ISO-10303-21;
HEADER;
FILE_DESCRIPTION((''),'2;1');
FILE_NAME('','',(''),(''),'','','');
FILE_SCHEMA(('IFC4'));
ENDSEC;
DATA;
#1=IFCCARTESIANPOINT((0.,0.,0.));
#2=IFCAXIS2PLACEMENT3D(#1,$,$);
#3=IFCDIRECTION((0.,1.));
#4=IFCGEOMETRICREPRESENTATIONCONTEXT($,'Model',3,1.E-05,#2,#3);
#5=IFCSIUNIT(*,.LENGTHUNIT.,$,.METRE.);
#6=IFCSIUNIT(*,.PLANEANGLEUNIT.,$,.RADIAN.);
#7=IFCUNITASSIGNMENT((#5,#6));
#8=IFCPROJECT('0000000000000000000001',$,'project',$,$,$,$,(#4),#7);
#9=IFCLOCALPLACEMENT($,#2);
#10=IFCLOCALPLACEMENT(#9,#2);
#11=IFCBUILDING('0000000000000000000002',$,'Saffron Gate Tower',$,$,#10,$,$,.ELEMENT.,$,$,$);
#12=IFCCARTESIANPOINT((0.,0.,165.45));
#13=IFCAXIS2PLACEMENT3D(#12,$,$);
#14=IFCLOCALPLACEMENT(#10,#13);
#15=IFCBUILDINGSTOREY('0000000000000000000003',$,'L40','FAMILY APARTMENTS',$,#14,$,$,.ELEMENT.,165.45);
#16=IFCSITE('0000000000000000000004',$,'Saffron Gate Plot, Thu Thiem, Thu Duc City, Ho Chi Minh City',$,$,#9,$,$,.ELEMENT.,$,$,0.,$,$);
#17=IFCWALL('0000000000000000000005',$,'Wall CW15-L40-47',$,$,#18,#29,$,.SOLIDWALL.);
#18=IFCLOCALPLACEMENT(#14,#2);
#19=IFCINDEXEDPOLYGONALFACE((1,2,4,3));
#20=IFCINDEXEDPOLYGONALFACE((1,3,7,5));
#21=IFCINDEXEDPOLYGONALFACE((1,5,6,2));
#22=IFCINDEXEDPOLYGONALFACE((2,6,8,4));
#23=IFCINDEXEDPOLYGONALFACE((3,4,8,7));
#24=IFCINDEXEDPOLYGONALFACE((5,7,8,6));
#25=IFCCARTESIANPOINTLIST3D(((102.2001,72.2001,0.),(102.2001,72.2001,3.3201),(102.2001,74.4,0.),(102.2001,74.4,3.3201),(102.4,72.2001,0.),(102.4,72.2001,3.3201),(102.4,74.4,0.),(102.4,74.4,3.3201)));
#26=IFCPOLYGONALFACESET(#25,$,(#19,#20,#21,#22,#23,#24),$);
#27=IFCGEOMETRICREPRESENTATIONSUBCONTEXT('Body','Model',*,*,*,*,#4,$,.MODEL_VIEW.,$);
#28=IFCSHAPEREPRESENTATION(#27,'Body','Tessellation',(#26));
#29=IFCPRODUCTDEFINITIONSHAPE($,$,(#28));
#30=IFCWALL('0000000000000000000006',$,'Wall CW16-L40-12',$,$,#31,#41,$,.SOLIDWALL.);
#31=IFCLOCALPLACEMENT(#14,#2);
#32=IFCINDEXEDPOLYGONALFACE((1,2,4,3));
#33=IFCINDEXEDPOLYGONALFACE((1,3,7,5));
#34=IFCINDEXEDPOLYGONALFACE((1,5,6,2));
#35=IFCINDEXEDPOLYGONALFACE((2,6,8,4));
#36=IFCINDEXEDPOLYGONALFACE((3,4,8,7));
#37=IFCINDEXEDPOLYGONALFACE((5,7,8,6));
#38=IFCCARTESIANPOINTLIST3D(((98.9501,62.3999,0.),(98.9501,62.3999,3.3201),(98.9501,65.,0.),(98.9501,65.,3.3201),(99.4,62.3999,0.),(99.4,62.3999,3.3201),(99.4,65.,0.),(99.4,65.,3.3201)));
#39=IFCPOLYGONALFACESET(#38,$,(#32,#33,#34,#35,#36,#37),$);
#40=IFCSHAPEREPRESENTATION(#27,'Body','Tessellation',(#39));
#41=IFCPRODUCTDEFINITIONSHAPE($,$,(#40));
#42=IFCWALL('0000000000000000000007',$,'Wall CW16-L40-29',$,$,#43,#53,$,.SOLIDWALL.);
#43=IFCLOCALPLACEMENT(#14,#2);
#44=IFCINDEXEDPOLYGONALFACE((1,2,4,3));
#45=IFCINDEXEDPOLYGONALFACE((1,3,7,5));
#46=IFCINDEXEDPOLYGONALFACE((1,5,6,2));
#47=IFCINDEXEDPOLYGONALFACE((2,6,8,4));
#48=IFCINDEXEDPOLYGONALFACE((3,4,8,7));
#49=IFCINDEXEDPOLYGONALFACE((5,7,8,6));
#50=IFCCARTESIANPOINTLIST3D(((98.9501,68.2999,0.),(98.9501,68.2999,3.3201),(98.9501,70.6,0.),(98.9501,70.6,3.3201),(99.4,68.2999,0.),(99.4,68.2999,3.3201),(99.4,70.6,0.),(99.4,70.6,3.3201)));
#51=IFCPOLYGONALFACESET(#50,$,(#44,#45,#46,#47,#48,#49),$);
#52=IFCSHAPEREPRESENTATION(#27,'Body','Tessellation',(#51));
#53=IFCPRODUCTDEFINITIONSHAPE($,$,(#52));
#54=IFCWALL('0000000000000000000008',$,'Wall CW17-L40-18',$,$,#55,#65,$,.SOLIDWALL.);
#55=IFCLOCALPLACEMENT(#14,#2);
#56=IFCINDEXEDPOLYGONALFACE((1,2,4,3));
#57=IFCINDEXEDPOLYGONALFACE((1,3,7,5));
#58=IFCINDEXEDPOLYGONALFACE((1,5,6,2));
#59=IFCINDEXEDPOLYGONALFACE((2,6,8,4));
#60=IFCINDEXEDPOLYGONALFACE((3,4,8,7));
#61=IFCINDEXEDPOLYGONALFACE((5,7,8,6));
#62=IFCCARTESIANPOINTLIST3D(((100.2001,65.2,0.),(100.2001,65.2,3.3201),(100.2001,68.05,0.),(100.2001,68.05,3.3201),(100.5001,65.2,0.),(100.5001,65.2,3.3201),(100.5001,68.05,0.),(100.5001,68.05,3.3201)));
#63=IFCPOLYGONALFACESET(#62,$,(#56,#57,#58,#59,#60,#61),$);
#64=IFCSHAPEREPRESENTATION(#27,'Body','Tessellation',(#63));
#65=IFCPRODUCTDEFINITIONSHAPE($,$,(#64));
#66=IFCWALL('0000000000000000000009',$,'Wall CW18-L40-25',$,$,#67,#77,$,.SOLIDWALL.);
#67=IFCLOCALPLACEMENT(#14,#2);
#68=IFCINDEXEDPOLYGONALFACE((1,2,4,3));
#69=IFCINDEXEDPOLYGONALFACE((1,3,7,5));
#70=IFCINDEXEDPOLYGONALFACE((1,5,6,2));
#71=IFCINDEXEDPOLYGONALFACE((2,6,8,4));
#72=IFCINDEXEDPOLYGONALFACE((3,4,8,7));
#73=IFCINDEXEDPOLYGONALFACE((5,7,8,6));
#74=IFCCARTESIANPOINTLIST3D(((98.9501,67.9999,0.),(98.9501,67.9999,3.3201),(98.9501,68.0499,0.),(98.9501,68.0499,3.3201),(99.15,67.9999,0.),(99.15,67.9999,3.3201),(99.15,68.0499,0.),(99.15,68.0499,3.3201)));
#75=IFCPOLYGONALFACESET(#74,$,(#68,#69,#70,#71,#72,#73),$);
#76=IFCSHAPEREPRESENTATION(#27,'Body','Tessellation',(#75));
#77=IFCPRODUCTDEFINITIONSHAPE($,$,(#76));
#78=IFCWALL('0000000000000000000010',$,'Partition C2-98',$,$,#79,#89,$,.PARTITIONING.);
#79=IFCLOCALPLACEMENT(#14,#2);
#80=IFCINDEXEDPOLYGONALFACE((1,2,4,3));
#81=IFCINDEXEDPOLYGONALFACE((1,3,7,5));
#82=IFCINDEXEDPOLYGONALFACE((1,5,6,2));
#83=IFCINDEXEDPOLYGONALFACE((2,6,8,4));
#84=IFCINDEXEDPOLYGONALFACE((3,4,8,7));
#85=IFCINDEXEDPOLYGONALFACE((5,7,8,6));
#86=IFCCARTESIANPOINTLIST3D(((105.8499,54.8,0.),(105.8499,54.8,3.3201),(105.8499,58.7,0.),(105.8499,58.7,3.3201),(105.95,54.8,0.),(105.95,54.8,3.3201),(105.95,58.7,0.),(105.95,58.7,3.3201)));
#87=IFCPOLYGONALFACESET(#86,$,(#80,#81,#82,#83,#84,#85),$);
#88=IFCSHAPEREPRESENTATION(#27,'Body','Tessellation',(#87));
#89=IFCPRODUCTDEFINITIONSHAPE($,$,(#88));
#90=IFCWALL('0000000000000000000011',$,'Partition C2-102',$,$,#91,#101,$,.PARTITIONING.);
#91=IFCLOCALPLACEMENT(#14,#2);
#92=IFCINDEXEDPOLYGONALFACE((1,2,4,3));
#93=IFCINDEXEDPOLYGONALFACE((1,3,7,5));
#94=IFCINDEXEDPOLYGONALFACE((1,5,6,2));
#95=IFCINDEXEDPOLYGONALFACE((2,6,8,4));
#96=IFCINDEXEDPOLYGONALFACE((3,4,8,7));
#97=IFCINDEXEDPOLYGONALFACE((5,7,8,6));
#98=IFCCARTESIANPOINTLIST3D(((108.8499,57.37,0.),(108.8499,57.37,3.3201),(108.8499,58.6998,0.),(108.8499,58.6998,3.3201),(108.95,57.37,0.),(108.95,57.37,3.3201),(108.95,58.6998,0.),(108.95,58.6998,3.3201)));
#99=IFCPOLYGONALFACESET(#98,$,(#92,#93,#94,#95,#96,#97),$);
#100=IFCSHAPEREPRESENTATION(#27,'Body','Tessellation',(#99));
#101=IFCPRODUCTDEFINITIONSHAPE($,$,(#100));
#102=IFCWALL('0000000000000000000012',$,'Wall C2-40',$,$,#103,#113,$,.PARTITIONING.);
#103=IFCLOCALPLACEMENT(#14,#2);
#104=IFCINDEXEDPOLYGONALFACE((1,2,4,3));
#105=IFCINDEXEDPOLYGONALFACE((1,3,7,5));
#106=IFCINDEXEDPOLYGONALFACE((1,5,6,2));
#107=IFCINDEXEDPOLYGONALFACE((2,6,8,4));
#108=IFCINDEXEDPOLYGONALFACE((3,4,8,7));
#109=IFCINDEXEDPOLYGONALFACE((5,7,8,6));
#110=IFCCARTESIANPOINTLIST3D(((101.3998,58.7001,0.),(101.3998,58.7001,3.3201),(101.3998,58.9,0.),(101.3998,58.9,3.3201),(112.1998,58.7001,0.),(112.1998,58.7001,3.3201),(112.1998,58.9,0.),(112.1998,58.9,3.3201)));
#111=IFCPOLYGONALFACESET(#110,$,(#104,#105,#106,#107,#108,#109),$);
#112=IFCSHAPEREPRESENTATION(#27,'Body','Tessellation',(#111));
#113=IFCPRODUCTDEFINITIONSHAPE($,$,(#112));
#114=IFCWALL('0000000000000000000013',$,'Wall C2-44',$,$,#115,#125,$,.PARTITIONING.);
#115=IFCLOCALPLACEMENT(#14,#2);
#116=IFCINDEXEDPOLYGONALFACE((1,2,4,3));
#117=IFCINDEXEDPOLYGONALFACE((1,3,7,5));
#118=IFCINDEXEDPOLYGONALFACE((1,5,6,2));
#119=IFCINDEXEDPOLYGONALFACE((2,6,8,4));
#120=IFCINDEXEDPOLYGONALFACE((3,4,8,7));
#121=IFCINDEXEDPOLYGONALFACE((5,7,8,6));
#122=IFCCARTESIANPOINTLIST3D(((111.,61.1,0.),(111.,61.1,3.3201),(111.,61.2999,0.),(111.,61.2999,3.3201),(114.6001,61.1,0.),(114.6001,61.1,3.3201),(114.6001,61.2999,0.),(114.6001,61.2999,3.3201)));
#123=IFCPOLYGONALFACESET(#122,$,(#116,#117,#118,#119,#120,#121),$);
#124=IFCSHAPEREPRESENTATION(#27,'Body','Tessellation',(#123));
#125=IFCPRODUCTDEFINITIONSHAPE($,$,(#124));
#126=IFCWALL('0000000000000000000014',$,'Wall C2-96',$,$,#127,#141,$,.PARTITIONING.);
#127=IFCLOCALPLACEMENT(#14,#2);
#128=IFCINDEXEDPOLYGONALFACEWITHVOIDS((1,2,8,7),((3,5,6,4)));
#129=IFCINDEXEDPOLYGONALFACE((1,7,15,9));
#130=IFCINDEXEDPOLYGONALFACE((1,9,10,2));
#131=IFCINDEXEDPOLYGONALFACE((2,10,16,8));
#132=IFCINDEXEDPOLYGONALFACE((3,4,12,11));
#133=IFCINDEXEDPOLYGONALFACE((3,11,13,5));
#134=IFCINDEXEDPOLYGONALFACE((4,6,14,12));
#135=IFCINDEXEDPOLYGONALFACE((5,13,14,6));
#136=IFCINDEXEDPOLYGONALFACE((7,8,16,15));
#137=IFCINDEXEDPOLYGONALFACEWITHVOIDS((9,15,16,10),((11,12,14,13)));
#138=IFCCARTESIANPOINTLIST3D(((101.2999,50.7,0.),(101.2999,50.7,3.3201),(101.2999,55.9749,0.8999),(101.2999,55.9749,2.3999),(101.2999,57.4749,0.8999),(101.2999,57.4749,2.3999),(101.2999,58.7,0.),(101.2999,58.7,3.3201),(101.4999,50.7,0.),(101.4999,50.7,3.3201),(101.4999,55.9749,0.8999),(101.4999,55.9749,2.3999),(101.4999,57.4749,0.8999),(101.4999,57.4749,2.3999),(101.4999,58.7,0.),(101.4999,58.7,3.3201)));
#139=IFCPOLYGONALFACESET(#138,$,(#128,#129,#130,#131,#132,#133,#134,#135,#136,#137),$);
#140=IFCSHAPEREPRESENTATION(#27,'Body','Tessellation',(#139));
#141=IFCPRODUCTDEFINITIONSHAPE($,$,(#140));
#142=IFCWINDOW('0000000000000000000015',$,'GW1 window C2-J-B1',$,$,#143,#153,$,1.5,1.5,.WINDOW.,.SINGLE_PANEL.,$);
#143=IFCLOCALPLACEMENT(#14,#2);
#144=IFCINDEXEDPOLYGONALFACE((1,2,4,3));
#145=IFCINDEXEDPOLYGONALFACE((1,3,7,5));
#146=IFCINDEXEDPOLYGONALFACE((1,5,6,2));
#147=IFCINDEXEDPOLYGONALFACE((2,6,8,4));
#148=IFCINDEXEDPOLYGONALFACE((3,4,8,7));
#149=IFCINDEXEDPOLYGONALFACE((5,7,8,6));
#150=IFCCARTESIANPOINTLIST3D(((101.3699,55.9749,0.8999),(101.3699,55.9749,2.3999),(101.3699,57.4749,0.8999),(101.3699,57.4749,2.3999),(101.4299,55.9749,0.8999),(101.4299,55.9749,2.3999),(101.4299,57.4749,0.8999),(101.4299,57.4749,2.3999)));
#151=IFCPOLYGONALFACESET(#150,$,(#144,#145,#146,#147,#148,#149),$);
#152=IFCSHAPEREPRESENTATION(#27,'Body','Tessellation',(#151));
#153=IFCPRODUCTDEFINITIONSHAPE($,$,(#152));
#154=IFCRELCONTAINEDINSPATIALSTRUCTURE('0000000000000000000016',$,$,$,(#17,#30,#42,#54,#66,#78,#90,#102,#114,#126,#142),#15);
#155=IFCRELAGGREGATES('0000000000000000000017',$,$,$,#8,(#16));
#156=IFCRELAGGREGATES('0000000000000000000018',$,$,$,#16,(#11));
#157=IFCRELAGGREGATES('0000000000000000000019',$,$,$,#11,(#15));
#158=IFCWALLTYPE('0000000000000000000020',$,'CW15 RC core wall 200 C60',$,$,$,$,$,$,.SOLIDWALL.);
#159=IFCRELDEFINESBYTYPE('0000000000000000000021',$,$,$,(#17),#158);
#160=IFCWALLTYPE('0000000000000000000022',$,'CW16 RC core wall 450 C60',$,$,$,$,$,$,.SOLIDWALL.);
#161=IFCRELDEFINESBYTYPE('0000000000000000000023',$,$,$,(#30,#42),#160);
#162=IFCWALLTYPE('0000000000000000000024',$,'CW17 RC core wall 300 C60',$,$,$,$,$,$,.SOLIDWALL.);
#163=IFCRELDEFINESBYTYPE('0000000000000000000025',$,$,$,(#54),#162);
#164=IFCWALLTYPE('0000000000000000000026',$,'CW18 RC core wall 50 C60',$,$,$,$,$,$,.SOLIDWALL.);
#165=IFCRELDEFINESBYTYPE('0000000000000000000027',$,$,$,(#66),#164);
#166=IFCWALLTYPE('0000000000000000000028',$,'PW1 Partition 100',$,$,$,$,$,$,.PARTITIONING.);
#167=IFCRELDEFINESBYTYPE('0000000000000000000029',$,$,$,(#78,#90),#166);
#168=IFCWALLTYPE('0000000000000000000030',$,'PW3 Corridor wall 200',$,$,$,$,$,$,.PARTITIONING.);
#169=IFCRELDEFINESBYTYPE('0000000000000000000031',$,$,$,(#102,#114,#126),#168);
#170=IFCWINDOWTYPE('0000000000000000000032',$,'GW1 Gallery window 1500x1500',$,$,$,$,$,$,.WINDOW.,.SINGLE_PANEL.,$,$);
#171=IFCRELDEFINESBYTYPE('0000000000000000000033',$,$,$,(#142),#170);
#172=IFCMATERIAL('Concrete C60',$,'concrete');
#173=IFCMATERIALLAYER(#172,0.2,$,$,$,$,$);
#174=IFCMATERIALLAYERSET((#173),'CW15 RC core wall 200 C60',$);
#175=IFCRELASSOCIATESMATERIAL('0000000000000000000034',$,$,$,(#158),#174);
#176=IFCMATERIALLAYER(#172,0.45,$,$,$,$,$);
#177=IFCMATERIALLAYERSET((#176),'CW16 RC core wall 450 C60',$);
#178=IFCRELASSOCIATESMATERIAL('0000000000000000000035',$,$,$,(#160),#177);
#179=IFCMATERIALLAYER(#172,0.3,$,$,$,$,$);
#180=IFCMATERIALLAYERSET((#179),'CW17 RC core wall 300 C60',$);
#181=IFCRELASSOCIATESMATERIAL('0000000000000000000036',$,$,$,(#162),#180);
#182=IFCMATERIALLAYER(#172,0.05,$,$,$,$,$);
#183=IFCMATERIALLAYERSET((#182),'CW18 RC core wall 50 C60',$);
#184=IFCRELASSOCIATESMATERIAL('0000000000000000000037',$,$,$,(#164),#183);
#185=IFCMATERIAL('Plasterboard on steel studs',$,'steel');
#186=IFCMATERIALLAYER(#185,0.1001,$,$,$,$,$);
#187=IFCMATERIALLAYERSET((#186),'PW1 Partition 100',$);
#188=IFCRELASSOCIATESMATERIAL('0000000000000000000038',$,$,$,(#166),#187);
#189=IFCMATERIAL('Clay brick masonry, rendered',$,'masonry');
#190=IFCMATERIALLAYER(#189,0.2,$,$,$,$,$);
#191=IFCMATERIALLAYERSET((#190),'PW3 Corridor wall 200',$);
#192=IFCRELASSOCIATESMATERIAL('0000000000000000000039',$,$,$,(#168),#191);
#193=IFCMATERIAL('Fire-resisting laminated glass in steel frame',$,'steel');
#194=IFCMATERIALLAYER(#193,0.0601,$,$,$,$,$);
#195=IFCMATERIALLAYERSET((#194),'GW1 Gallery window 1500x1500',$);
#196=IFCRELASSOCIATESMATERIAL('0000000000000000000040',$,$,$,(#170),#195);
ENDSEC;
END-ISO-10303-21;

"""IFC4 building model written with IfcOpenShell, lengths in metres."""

from ifc_helpers import new_model, si_unit, direction, frame, frame_2d, origin, place, context, subcontext, project, spatial, rectangle, extrude, material, layer, layer_set, type_object, element, fill, save


model = new_model("IFC4")

# Units and contexts
model_context = context("Model", 3, precision=1e-05, world=origin(), true_north=direction((0.0, 1.0)))
body_context = subcontext(model_context, "Body", "Model", "MODEL_VIEW")
ifc_project = project(units=[si_unit("LENGTHUNIT", "METRE"), si_unit("PLANEANGLEUNIT", "RADIAN")], contexts=[model_context])

# Site, building, storey
site_placement = place(None, origin())
site = spatial("IfcSite", under=ifc_project, at=site_placement, Name="Saffron Gate Plot, Thu Thiem, Thu Duc City, Ho Chi Minh City", CompositionType="ELEMENT", RefElevation=0.0)
building_placement = place(site_placement, origin())
building = spatial("IfcBuilding", under=site, at=building_placement, Name="Saffron Gate Tower", CompositionType="ELEMENT")
storey_placement = place(building_placement, frame((0.0, 0.0, 165.45)))
storey = spatial("IfcBuildingStorey", under=building, at=storey_placement, Name="L40", Description="FAMILY APARTMENTS", CompositionType="ELEMENT", Elevation=165.45)

# Shared definitions
ifc_material_1 = material(Name="Concrete C60", Category="concrete")

# Walls
ifc_layer_1 = layer(ifc_material_1, 0.2)
ifc_layer_set_1 = layer_set([ifc_layer_1], Name="CW15 RC core wall 200 C60")
wall_type_1 = type_object("IfcWallType", Name="CW15 RC core wall 200 C60", PredefinedType="SOLIDWALL", material=ifc_layer_set_1)
for number, where, z_axis, x_axis, name in (
    (1, (102.3, 72.2, 0.0), (0.0, 0.0, 1.0), (0.0, 1.0, 0.0), "Wall CW15-L40-47"),
):
    element("IfcWall", number, at=place(storey_placement, frame(where, z_axis=z_axis, x_axis=x_axis)), inside=storey, type_object=wall_type_1, Name=name, PredefinedType="SOLIDWALL", context=body_context, shape_type="SweptSolid", body=[
        extrude(rectangle(XDim=2.2, YDim=0.2, at=frame_2d((1.1001, 0.0))), origin(), (0.0, 0.0, 1.0), 3.3201),
    ])
ifc_layer_2 = layer(ifc_material_1, 0.45)
ifc_layer_set_2 = layer_set([ifc_layer_2], Name="CW16 RC core wall 450 C60")
wall_type_2 = type_object("IfcWallType", Name="CW16 RC core wall 450 C60", PredefinedType="SOLIDWALL", material=ifc_layer_set_2)
wall_1_placement = place(storey_placement, frame((99.175, 62.3999, 0.0), z_axis=(0.0, 0.0, 1.0), x_axis=(0.0, 1.0, 0.0)))
element("IfcWall", 2, at=wall_1_placement, inside=storey, type_object=wall_type_2, Name="Wall CW16-L40-12", PredefinedType="SOLIDWALL", context=body_context, shape_type="SweptSolid", body=[
    extrude(rectangle(XDim=2.6001, YDim=0.45, at=frame_2d((1.3, 0.0))), origin(), (0.0, 0.0, 1.0), 3.3201),
])
wall_2_placement = place(storey_placement, frame((99.175, 68.3, 0.0), z_axis=(0.0, 0.0, 1.0), x_axis=(0.0, 1.0, 0.0)))
element("IfcWall", 3, at=wall_2_placement, inside=storey, type_object=wall_type_2, Name="Wall CW16-L40-29", PredefinedType="SOLIDWALL", context=body_context, shape_type="SweptSolid", body=[
    extrude(rectangle(XDim=2.3, YDim=0.45, at=frame_2d((1.1499, 0.0))), origin(), (0.0, 0.0, 1.0), 3.3201),
])
ifc_layer_3 = layer(ifc_material_1, 0.3)
ifc_layer_set_3 = layer_set([ifc_layer_3], Name="CW17 RC core wall 300 C60")
wall_type_3 = type_object("IfcWallType", Name="CW17 RC core wall 300 C60", PredefinedType="SOLIDWALL", material=ifc_layer_set_3)
wall_3_placement = place(storey_placement, frame((100.3501, 65.2, 0.0), z_axis=(0.0, 0.0, 1.0), x_axis=(0.0, 1.0, 0.0)))
element("IfcWall", 4, at=wall_3_placement, inside=storey, type_object=wall_type_3, Name="Wall CW17-L40-18", PredefinedType="SOLIDWALL", context=body_context, shape_type="SweptSolid", body=[
    extrude(rectangle(XDim=2.8501, YDim=0.3, at=frame_2d((1.425, 0.0))), origin(), (0.0, 0.0, 1.0), 3.3201),
])
ifc_layer_4 = layer(ifc_material_1, 0.05)
ifc_layer_set_4 = layer_set([ifc_layer_4], Name="CW18 RC core wall 50 C60")
wall_type_4 = type_object("IfcWallType", Name="CW18 RC core wall 50 C60", PredefinedType="SOLIDWALL", material=ifc_layer_set_4)
wall_4_placement = place(storey_placement, frame((98.95, 68.0249, 0.0), z_axis=(0.0, 0.0, 1.0), x_axis=(1.0, 0.0, 0.0)))
element("IfcWall", 5, at=wall_4_placement, inside=storey, type_object=wall_type_4, Name="Wall CW18-L40-25", PredefinedType="SOLIDWALL", context=body_context, shape_type="SweptSolid", body=[
    extrude(rectangle(XDim=0.2, YDim=0.05, at=frame_2d((0.1001, 0.0))), origin(), (0.0, 0.0, 1.0), 3.3201),
])
ifc_material_2 = material(Name="Plasterboard on steel studs", Category="steel")
ifc_layer_5 = layer(ifc_material_2, 0.1001)
ifc_layer_set_5 = layer_set([ifc_layer_5], Name="PW1 Partition 100")
wall_type_5 = type_object("IfcWallType", Name="PW1 Partition 100", PredefinedType="PARTITIONING", material=ifc_layer_set_5)
wall_5_placement = place(storey_placement, frame((105.8999, 58.7, 0.0), z_axis=(0.0, 0.0, 1.0), x_axis=(0.0, -1.0, 0.0)))
element("IfcWall", 6, at=wall_5_placement, inside=storey, type_object=wall_type_5, Name="Partition C2-98", PredefinedType="PARTITIONING", context=body_context, shape_type="SweptSolid", body=[
    extrude(rectangle(XDim=3.8999, YDim=0.1001, at=frame_2d((1.95, 0.0))), origin(), (0.0, 0.0, 1.0), 3.3201),
])
wall_6_placement = place(storey_placement, frame((108.8999, 58.7, 0.0), z_axis=(0.0, 0.0, 1.0), x_axis=(0.0, -1.0, 0.0)))
element("IfcWall", 7, at=wall_6_placement, inside=storey, type_object=wall_type_5, Name="Partition C2-102", PredefinedType="PARTITIONING", context=body_context, shape_type="SweptSolid", body=[
    extrude(rectangle(XDim=1.3298, YDim=0.1001, at=frame_2d((0.665, 0.0))), origin(), (0.0, 0.0, 1.0), 3.3201),
])
ifc_material_3 = material(Name="Clay brick masonry, rendered", Category="masonry")
ifc_layer_6 = layer(ifc_material_3, 0.2)
ifc_layer_set_6 = layer_set([ifc_layer_6], Name="PW3 Corridor wall 200")
wall_type_6 = type_object("IfcWallType", Name="PW3 Corridor wall 200", PredefinedType="PARTITIONING", material=ifc_layer_set_6)
wall_7_placement = place(storey_placement, frame((101.3999, 58.8, 0.0), z_axis=(0.0, 0.0, 1.0), x_axis=(1.0, 0.0, 0.0)))
element("IfcWall", 8, at=wall_7_placement, inside=storey, type_object=wall_type_6, Name="Wall C2-40", PredefinedType="PARTITIONING", context=body_context, shape_type="SweptSolid", body=[
    extrude(rectangle(XDim=10.8, YDim=0.2, at=frame_2d((5.3999, 0.0))), origin(), (0.0, 0.0, 1.0), 3.3201),
])
wall_8_placement = place(storey_placement, frame((111.0, 61.2, 0.0), z_axis=(0.0, 0.0, 1.0), x_axis=(1.0, 0.0, 0.0)))
element("IfcWall", 9, at=wall_8_placement, inside=storey, type_object=wall_type_6, Name="Wall C2-44", PredefinedType="PARTITIONING", context=body_context, shape_type="SweptSolid", body=[
    extrude(rectangle(XDim=3.6001, YDim=0.2, at=frame_2d((1.8, 0.0))), origin(), (0.0, 0.0, 1.0), 3.3201),
])

# Wall, opening, window
wall_9_placement = place(storey_placement, frame((101.3999, 58.7, 0.0), z_axis=(0.0, 0.0, 1.0), x_axis=(0.0, -1.0, 0.0)))
wall_9 = element("IfcWall", 10, at=wall_9_placement, inside=storey, type_object=wall_type_6, Name="Wall C2-96", PredefinedType="PARTITIONING", context=body_context, shape_type="SweptSolid", body=[
    extrude(rectangle(XDim=8.0, YDim=0.2, at=frame_2d((4.0, 0.0))), origin(), (0.0, 0.0, 1.0), 3.3201),
])
opening_1_placement = place(wall_9_placement, frame((1.2251, 0.0, 0.8999)))
opening_1 = element("IfcOpeningElement", 11, at=opening_1_placement, cuts=wall_9, PredefinedType="OPENING", context=body_context, shape_type="SweptSolid", body=[
    extrude(rectangle(XDim=1.5, YDim=1.5, at=frame_2d((0.75, 0.75))), frame((0.0, 0.1099, 0.0), z_axis=(0.0, -1.0, 0.0), x_axis=(1.0, 0.0, 0.0)), (0.0, 0.0, 1.0), 0.22),
])
ifc_material_4 = material(Name="Fire-resisting laminated glass in steel frame", Category="steel")
ifc_layer_7 = layer(ifc_material_4, 0.0601)
ifc_layer_set_7 = layer_set([ifc_layer_7], Name="GW1 Gallery window 1500x1500")
window_type = type_object("IfcWindowType", Name="GW1 Gallery window 1500x1500", PartitioningType="SINGLE_PANEL", PredefinedType="WINDOW", material=ifc_layer_set_7)
window_placement = place(opening_1_placement, origin())
window = element("IfcWindow", 12, at=window_placement, inside=storey, type_object=window_type, Name="GW1 window C2-J-B1", OverallHeight=1.5, OverallWidth=1.5, PartitioningType="SINGLE_PANEL", PredefinedType="WINDOW", context=body_context, shape_type="SweptSolid", body=[
    extrude(rectangle(XDim=1.5, YDim=1.5, at=frame_2d((0.75, 0.75))), frame((0.0, 0.03, 0.0), z_axis=(0.0, -1.0, 0.0), x_axis=(1.0, 0.0, 0.0)), (0.0, 0.0, 1.0), 0.0601),
])
fill(opening_1, window)

save(model, "model.ifc")
